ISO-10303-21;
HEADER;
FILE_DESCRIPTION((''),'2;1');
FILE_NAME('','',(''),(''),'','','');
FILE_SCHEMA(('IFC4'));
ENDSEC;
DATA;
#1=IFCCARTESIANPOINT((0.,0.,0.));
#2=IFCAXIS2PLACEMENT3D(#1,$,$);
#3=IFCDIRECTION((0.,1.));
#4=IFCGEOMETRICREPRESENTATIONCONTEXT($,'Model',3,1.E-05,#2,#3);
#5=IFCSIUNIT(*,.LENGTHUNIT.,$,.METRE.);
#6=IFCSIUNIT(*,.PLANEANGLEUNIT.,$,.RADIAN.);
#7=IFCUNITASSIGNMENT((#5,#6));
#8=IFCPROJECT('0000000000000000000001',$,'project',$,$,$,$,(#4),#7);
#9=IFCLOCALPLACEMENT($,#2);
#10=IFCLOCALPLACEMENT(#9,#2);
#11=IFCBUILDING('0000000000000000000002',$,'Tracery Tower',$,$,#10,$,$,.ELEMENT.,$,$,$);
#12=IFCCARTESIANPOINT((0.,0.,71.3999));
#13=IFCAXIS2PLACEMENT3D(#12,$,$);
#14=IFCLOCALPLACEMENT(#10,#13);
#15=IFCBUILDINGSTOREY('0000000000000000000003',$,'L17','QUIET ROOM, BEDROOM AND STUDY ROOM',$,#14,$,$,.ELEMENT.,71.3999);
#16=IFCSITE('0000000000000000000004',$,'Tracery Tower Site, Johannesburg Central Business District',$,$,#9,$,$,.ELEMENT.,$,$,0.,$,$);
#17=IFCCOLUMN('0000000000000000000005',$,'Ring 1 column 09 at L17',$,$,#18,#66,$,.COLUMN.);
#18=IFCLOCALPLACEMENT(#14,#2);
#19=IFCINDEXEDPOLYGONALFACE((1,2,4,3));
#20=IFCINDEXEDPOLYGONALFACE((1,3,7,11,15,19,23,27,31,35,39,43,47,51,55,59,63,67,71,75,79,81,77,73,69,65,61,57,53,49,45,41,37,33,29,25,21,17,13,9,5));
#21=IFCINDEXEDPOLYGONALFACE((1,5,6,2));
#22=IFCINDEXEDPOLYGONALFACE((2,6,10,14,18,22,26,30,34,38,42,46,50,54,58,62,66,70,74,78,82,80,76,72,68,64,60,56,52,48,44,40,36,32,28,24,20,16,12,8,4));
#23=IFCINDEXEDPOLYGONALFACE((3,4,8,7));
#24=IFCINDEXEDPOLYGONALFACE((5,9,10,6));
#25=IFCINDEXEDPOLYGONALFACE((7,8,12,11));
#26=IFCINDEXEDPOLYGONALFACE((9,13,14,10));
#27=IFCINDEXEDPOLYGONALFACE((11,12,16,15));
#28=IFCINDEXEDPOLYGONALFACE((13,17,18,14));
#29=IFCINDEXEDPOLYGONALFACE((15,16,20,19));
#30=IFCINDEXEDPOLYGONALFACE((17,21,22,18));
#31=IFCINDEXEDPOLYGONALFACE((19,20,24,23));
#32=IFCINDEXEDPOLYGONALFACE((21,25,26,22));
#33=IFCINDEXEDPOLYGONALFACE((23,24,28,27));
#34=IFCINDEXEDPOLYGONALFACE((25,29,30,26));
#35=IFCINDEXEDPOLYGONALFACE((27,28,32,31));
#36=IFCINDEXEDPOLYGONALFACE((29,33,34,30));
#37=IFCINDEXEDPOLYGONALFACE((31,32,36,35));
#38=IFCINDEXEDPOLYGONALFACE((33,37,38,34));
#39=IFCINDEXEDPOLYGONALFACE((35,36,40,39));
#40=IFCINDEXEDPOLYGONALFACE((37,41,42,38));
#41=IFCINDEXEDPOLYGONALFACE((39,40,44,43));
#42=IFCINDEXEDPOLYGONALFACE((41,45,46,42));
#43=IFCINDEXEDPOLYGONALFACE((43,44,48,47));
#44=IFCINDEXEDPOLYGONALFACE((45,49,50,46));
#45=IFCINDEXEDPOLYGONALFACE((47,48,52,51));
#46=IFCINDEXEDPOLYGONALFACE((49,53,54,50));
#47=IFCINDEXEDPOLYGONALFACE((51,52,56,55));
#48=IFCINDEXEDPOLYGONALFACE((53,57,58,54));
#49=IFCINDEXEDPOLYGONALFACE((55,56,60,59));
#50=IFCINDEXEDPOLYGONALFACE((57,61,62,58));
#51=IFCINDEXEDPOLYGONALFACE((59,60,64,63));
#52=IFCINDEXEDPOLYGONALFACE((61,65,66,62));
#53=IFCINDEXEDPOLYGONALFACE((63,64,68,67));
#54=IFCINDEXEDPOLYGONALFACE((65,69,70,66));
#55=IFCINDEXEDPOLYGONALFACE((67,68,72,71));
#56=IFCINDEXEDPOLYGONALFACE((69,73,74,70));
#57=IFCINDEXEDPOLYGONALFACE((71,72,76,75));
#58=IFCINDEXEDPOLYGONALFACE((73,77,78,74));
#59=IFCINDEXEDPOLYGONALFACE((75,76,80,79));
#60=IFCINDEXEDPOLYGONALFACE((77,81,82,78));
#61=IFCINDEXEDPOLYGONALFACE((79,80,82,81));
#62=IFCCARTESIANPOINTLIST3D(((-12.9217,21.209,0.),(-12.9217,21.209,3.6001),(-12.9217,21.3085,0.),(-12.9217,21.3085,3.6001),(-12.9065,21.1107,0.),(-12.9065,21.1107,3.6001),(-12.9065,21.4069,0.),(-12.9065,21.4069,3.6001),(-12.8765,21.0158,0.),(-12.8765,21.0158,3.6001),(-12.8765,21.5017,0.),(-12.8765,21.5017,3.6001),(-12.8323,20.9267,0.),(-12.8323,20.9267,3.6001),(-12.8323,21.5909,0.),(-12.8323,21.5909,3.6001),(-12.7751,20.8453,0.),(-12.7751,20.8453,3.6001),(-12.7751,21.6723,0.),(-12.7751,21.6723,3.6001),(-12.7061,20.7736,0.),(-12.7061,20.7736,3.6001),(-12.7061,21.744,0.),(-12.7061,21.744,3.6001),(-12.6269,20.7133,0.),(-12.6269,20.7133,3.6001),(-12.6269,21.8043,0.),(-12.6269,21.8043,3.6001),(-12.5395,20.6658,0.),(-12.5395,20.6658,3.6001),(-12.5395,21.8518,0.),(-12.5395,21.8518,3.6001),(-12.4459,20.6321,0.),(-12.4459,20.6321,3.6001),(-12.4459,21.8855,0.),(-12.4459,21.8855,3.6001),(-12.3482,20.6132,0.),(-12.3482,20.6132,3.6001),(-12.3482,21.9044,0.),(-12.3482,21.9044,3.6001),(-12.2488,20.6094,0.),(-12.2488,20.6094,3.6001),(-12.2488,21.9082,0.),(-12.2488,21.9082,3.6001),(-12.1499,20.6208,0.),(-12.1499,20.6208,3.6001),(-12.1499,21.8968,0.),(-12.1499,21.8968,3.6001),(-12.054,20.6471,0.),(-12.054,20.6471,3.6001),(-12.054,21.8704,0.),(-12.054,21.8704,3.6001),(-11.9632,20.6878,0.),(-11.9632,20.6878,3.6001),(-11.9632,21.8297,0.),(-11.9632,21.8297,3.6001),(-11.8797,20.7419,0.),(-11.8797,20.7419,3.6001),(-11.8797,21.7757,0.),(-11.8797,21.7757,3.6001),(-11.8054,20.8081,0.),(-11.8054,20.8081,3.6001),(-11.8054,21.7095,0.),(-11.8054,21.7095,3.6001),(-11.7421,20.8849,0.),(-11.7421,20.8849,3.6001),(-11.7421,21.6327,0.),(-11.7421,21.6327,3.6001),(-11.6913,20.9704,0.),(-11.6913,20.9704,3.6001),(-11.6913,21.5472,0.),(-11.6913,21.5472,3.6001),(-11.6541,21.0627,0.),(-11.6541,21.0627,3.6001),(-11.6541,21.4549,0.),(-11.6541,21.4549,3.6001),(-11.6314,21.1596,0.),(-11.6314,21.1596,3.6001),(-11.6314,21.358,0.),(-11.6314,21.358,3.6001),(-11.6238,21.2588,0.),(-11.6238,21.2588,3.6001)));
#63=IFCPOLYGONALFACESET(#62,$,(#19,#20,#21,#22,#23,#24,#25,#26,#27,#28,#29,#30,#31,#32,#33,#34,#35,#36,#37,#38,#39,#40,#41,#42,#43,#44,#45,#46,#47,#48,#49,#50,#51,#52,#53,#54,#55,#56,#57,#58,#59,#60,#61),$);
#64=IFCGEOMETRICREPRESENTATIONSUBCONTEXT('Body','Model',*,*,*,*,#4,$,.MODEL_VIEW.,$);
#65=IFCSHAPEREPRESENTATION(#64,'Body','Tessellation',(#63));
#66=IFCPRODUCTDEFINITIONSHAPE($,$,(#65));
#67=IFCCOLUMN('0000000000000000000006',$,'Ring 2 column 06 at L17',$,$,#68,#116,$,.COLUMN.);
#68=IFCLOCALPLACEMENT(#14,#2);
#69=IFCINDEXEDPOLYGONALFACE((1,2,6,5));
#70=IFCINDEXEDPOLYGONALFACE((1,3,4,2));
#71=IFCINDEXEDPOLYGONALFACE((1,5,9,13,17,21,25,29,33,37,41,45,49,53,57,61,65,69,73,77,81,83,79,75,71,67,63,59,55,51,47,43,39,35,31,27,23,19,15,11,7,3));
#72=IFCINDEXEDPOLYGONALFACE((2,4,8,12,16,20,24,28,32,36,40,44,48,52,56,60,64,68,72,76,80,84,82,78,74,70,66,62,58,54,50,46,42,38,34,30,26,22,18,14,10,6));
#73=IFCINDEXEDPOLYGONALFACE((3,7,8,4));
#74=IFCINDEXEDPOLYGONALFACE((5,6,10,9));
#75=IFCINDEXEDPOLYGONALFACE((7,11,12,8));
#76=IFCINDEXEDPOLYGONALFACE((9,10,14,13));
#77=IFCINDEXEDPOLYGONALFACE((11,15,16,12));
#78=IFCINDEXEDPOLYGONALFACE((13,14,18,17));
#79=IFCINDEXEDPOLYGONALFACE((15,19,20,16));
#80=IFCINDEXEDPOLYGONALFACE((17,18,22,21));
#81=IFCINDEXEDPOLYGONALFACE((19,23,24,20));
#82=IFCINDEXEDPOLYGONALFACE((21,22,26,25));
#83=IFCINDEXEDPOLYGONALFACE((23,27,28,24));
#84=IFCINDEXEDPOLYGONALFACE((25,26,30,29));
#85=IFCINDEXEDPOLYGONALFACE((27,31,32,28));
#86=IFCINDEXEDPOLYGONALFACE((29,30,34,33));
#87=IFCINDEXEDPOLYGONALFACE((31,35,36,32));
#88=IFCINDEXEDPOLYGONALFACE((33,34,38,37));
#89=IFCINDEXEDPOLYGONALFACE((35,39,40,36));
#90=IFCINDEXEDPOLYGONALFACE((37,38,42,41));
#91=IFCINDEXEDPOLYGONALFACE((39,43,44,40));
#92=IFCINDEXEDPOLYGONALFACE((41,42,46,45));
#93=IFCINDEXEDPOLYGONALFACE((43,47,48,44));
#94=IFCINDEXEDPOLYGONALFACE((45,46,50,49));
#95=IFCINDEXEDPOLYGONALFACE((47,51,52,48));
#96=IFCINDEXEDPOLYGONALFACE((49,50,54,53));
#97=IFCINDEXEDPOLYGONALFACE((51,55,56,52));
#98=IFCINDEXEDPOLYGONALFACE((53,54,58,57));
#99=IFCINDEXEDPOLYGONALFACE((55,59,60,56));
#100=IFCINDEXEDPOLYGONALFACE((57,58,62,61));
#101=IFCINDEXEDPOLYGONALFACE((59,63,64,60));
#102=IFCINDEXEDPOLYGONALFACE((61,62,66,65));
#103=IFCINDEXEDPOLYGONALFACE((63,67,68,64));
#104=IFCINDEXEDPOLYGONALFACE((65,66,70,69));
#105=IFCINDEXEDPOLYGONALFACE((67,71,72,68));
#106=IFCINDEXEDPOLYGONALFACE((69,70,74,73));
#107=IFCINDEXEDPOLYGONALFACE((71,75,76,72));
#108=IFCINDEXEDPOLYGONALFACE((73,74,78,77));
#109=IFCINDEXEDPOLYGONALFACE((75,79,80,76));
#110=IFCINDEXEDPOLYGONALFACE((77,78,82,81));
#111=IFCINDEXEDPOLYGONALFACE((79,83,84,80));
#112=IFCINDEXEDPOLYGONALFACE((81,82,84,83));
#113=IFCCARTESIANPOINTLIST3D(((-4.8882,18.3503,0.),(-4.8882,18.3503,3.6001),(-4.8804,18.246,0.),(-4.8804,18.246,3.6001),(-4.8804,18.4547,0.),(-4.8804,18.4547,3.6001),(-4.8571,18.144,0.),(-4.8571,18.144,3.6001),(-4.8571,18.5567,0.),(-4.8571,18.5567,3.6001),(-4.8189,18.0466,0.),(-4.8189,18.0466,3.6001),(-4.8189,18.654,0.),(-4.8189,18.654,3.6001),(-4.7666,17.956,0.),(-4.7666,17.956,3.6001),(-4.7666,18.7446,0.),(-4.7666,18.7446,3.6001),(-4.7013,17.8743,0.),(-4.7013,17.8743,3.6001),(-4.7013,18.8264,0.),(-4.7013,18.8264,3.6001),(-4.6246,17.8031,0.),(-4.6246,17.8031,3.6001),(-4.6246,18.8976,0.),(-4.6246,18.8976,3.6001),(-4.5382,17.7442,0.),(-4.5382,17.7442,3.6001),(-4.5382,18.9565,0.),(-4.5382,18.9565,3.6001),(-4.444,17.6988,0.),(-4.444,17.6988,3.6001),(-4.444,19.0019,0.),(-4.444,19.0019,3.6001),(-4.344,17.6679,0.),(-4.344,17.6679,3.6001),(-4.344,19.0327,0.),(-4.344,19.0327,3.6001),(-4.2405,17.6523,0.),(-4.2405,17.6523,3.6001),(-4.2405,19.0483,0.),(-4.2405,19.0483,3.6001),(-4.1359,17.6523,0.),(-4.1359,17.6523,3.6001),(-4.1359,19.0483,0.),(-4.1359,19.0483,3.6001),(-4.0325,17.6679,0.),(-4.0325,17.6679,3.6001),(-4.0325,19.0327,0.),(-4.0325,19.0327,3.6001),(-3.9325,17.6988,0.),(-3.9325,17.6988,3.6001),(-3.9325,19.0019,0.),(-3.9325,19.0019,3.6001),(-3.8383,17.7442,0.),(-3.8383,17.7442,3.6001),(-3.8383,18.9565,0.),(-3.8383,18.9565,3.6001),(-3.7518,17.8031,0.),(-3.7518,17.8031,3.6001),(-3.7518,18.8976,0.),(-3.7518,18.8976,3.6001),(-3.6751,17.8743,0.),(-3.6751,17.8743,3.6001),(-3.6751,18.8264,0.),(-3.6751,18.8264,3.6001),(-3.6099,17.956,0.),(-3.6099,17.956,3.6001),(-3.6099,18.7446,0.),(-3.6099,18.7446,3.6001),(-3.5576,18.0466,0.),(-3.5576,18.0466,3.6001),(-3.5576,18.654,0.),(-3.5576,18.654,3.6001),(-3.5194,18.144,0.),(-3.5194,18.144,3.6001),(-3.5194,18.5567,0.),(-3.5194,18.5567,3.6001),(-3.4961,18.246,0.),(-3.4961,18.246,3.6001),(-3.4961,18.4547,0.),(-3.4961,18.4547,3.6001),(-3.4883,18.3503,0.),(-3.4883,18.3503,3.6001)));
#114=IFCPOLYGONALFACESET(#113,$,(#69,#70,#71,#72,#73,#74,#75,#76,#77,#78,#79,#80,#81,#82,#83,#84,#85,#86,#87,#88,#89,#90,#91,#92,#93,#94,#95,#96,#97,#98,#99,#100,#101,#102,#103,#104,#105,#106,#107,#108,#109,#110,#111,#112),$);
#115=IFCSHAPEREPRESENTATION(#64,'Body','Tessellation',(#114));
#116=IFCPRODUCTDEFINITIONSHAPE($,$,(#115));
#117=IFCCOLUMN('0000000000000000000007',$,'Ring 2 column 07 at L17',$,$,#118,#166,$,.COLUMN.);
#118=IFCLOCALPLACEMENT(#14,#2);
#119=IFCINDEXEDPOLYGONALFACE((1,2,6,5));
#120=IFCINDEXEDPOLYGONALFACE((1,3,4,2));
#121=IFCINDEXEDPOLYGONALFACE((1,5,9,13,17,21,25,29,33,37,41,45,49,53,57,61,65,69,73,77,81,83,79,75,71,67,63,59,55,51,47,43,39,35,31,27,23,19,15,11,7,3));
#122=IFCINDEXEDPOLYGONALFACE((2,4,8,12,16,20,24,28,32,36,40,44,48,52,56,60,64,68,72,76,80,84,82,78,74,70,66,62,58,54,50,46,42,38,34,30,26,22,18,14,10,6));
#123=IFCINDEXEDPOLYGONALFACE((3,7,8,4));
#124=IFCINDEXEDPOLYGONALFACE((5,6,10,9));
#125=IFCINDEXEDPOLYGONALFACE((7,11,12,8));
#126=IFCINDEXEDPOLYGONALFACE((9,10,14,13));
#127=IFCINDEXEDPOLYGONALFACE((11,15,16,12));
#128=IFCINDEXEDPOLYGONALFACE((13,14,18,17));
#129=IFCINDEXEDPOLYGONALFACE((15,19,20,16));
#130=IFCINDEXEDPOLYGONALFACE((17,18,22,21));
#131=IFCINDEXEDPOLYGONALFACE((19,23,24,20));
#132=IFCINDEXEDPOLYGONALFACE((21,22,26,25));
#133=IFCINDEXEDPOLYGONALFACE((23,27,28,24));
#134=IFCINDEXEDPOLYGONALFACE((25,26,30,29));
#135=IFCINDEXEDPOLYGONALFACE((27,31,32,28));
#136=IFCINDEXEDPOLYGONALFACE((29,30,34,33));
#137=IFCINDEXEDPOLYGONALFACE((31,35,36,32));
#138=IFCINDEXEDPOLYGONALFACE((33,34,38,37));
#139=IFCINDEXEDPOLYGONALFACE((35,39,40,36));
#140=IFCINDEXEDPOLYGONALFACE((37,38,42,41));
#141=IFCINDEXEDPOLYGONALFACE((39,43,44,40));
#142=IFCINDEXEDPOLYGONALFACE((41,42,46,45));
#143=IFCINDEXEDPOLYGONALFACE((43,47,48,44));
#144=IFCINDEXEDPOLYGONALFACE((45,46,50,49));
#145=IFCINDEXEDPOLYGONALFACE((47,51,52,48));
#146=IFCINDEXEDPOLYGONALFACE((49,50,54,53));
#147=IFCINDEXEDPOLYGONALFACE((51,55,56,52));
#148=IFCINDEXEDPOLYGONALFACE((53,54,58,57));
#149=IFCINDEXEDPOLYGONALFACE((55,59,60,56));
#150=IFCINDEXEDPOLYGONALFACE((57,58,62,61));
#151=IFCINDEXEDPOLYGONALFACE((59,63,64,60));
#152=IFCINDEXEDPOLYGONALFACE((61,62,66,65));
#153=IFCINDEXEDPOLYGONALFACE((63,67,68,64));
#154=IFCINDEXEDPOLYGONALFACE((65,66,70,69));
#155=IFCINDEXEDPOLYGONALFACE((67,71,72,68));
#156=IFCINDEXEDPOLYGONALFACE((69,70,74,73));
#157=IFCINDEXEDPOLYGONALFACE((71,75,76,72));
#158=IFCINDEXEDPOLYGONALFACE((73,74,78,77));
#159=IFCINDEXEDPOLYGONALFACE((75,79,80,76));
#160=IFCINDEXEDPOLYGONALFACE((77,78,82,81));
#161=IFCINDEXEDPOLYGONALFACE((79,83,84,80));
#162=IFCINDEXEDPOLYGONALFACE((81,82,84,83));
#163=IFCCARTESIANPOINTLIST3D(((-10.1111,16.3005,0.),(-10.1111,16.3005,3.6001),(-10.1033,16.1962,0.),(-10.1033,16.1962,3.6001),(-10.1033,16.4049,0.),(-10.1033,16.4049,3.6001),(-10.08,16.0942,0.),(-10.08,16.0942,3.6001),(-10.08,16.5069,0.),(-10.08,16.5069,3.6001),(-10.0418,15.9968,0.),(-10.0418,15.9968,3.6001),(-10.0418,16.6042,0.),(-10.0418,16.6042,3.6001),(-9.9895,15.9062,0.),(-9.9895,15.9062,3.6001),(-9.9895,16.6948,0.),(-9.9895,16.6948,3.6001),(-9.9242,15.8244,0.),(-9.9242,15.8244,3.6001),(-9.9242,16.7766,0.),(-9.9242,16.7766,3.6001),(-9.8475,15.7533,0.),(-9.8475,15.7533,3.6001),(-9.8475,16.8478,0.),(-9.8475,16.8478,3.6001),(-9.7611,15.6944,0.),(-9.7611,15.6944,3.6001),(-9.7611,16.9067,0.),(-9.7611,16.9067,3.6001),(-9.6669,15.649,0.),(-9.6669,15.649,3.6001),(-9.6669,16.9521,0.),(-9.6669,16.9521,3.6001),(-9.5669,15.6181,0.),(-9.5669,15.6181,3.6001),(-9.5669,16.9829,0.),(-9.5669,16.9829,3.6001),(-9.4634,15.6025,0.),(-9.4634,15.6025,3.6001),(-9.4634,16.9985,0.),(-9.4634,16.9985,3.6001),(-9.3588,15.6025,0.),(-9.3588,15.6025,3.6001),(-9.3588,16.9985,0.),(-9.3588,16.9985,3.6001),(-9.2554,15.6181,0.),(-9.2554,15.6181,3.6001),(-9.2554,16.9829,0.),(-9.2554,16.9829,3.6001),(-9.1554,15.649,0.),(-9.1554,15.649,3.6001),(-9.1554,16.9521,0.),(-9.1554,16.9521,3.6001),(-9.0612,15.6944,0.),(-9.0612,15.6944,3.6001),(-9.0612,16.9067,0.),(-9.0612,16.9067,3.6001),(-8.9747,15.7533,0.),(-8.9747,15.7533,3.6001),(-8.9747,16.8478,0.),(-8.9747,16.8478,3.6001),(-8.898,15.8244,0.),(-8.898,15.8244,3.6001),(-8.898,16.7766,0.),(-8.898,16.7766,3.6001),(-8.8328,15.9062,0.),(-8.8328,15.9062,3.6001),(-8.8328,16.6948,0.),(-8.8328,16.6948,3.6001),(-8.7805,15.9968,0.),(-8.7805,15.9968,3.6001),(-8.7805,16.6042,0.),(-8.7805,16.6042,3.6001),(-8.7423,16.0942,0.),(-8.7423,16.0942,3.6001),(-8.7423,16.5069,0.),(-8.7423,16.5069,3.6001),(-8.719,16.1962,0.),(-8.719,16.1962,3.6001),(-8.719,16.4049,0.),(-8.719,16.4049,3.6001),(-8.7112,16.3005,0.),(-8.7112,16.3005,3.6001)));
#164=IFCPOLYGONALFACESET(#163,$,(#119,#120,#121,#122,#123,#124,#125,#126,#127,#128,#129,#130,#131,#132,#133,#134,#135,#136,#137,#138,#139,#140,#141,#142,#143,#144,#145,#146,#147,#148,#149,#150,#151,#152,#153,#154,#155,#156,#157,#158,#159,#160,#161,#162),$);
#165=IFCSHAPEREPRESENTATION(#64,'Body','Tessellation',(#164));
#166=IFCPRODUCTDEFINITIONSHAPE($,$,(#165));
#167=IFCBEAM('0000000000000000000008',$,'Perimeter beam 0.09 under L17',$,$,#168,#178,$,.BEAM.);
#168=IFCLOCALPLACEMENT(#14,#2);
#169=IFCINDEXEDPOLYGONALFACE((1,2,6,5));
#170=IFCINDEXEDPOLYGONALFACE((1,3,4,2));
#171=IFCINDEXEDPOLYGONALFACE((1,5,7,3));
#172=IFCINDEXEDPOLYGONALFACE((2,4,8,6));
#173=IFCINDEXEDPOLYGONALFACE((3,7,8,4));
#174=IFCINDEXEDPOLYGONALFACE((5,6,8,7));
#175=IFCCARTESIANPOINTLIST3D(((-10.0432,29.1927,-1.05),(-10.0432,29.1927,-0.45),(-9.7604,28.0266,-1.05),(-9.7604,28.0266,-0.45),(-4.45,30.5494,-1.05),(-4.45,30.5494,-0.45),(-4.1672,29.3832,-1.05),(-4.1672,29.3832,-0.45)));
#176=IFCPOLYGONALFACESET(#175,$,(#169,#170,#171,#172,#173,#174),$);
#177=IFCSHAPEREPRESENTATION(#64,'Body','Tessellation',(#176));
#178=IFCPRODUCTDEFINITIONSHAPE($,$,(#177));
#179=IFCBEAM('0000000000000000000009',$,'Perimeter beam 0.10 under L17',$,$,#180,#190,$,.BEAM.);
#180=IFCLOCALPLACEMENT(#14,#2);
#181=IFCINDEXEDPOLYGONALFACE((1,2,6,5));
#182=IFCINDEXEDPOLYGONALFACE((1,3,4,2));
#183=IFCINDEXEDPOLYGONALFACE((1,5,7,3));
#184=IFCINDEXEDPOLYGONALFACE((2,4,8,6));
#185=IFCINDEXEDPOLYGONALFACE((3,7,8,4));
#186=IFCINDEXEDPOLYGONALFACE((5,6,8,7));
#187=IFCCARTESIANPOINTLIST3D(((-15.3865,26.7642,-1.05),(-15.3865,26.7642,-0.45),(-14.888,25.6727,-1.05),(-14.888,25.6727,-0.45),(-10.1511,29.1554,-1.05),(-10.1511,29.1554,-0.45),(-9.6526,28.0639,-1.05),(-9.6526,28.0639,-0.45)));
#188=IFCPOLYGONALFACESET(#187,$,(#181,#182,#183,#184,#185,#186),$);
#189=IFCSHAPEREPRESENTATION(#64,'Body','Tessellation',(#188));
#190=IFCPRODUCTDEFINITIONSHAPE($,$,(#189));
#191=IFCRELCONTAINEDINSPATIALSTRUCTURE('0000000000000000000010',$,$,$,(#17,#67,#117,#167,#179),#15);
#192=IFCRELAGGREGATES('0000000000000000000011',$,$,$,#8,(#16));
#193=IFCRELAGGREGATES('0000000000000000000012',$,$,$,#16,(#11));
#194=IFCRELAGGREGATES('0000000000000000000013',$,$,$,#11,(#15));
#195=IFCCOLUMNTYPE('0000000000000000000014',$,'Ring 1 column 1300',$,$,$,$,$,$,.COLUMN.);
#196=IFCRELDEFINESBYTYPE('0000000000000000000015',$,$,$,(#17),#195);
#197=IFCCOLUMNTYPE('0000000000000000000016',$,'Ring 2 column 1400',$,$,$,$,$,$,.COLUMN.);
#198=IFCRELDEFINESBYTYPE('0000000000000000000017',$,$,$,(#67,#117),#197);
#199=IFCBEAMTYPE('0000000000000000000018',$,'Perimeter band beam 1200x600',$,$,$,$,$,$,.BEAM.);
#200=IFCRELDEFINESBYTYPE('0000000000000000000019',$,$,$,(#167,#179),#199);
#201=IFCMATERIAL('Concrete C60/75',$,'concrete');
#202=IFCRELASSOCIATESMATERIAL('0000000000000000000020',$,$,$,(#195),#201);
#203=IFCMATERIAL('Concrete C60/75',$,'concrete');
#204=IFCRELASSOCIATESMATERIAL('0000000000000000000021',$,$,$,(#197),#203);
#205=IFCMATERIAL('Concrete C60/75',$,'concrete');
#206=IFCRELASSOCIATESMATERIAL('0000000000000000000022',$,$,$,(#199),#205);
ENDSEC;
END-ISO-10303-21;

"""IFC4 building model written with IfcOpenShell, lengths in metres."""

from ifc_helpers import new_model, si_unit, direction, frame, origin, origin_2d, place, context, subcontext, project, spatial, rectangle, circle, extrude, material, material_profile, profile_set, type_object, element, save


model = new_model("IFC4")

# Units and contexts
model_context = context("Model", 3, precision=1e-05, world=origin(), true_north=direction((0.0, 1.0)))
body_context = subcontext(model_context, "Body", "Model", "MODEL_VIEW")
ifc_project = project(units=[si_unit("LENGTHUNIT", "METRE"), si_unit("PLANEANGLEUNIT", "RADIAN")], contexts=[model_context])

# Site, building, storey
site_placement = place(None, origin())
site = spatial("IfcSite", under=ifc_project, at=site_placement, Name="Tracery Tower Site, Johannesburg Central Business District", CompositionType="ELEMENT", RefElevation=0.0)
building_placement = place(site_placement, origin())
building = spatial("IfcBuilding", under=site, at=building_placement, Name="Tracery Tower", CompositionType="ELEMENT")
storey_placement = place(building_placement, frame((0.0, 0.0, 71.3999)))
storey = spatial("IfcBuildingStorey", under=building, at=storey_placement, Name="L17", Description="QUIET ROOM, BEDROOM AND STUDY ROOM", CompositionType="ELEMENT", Elevation=71.3999)

# Columns
ifc_material_1 = material(Name="Concrete C60/75", Category="concrete")
ifc_material_profile_1 = material_profile(ifc_material_1, circle(Radius=0.6499, at=origin_2d()), Name="RC D1300")
ifc_profile_set_1 = profile_set([ifc_material_profile_1], Name="Concrete C60/75")
column_type_1 = type_object("IfcColumnType", Name="Ring 1 column 1300", PredefinedType="COLUMN", material=ifc_profile_set_1)
for number, where, z_axis, x_axis, name in (
    (1, (-12.2737, 21.2588, 0.0), (0.0, 0.0, 1.0), (1.0, 0.0, 0.0), "Ring 1 column 09 at L17"),
):
    element("IfcColumn", number, at=place(storey_placement, frame(where, z_axis=z_axis, x_axis=x_axis)), inside=storey, type_object=column_type_1, Name=name, PredefinedType="COLUMN", context=body_context, shape_type="SweptSolid", body=[
        extrude(circle(Radius=0.6499, at=origin_2d()), origin(), (0.0, 0.0, 1.0), 3.6001),
    ])
ifc_material_2 = material(Name="Concrete C60/75", Category="concrete")
ifc_material_profile_2 = material_profile(ifc_material_2, circle(Radius=0.7, at=origin_2d()), Name="RC D1400")
ifc_profile_set_2 = profile_set([ifc_material_profile_2], Name="Concrete C60/75")
column_type_2 = type_object("IfcColumnType", Name="Ring 2 column 1400", PredefinedType="COLUMN", material=ifc_profile_set_2)
for number, where, z_axis, x_axis, name in (
    (2, (-4.1882, 18.3503, 0.0), (0.0, 0.0, 1.0), (1.0, 0.0, 0.0), "Ring 2 column 06 at L17"),
    (3, (-9.4111, 16.3005, 0.0), (0.0, 0.0, 1.0), (1.0, 0.0, 0.0), "Ring 2 column 07 at L17"),
):
    element("IfcColumn", number, at=place(storey_placement, frame(where, z_axis=z_axis, x_axis=x_axis)), inside=storey, type_object=column_type_2, Name=name, PredefinedType="COLUMN", context=body_context, shape_type="SweptSolid", body=[
        extrude(circle(Radius=0.7, at=origin_2d()), origin(), (0.0, 0.0, 1.0), 3.6001),
    ])

# Beams
ifc_material_3 = material(Name="Concrete C60/75", Category="concrete")
ifc_material_profile_3 = material_profile(ifc_material_3, rectangle(XDim=1.2, YDim=0.6001, at=origin_2d()), Name="RC 1200x600")
ifc_profile_set_3 = profile_set([ifc_material_profile_3], Name="Concrete C60/75")
beam_type = type_object("IfcBeamType", Name="Perimeter band beam 1200x600", PredefinedType="BEAM", material=ifc_profile_set_3)
beam_1_placement = place(storey_placement, frame((-4.3086, 29.9663, -0.75), z_axis=(-0.97182, -0.235723, 0.0), x_axis=(0.235723, -0.97182, 0.0)))
element("IfcBeam", 4, at=beam_1_placement, inside=storey, type_object=beam_type, Name="Perimeter beam 0.09 under L17", PredefinedType="BEAM", context=body_context, shape_type="SweptSolid", body=[
    extrude(rectangle(XDim=1.2, YDim=0.6001, at=origin_2d()), origin(), (0.0, 0.0, 1.0), 5.7554),
])
beam_2_placement = place(storey_placement, frame((-9.9019, 28.6096, -0.75), z_axis=(-0.909618, -0.415445, 0.0), x_axis=(0.415445, -0.909618, 0.0)))
element("IfcBeam", 5, at=beam_2_placement, inside=storey, type_object=beam_type, Name="Perimeter beam 0.10 under L17", PredefinedType="BEAM", context=body_context, shape_type="SweptSolid", body=[
    extrude(rectangle(XDim=1.2, YDim=0.6001, at=origin_2d()), origin(), (0.0, 0.0, 1.0), 5.7556),
])

save(model, "model.ifc")
